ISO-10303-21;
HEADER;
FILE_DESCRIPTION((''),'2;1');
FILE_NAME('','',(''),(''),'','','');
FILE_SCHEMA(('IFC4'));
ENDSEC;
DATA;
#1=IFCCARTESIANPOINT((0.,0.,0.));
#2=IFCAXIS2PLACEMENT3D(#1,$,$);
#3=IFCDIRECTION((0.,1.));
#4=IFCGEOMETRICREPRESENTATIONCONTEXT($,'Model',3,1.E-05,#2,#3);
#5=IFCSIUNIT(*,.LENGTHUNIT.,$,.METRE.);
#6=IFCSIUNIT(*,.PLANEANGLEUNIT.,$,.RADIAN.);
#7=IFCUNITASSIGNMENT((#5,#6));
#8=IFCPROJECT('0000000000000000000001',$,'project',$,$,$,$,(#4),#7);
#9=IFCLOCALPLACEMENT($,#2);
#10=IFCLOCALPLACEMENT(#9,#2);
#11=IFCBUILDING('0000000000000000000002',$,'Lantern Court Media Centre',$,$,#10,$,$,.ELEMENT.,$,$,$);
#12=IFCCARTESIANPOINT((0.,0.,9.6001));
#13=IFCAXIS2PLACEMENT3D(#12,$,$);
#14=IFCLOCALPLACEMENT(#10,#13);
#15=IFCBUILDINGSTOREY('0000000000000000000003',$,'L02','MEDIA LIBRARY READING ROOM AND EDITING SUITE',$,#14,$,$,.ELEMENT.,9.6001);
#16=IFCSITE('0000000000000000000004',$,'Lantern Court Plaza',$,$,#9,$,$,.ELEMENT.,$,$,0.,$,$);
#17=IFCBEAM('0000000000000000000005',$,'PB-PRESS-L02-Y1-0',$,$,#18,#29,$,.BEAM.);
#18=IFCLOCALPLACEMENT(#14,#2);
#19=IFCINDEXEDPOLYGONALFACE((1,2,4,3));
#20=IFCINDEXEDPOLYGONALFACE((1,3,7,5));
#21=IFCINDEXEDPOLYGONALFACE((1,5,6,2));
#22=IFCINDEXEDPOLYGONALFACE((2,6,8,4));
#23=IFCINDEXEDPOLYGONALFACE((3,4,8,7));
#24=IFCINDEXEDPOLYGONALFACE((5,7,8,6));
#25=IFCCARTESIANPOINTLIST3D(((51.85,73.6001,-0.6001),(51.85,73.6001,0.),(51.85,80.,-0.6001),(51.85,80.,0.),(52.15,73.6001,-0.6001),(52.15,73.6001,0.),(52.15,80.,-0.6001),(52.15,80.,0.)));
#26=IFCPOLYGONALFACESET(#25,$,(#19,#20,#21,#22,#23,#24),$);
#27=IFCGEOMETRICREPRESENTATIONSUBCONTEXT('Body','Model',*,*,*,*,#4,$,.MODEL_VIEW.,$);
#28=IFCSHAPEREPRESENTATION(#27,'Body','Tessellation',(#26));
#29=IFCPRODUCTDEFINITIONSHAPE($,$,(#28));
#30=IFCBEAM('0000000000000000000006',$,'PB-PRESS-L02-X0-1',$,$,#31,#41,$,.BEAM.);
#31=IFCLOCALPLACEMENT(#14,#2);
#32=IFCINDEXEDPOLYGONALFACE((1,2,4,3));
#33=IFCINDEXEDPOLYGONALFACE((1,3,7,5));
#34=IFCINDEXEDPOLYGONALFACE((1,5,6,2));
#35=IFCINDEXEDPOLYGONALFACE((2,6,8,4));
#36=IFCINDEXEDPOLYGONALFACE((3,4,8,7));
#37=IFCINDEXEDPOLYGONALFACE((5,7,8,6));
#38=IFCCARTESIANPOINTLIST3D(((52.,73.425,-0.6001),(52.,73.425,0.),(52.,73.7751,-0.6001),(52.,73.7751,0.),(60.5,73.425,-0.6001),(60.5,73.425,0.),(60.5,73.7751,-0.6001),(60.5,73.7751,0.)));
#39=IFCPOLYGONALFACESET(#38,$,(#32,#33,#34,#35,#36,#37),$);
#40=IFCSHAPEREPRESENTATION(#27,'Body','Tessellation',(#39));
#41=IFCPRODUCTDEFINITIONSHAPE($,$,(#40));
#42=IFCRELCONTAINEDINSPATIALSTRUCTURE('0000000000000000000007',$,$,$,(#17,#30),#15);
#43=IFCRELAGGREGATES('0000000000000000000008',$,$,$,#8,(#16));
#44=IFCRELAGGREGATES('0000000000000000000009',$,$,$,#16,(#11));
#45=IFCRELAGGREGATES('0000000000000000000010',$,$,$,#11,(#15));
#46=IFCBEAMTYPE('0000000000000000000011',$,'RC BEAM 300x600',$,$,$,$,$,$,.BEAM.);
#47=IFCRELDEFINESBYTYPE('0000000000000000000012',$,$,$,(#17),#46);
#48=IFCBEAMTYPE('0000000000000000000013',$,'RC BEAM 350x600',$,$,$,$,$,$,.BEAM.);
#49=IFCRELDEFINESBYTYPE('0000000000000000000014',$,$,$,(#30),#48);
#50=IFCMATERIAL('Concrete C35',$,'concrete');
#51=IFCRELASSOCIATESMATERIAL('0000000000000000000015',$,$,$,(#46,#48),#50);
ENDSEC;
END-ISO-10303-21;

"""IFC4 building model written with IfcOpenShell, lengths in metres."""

from ifc_helpers import new_model, si_unit, direction, frame, origin, origin_2d, place, context, subcontext, project, spatial, rectangle, extrude, material, material_profile, profile_set, type_object, element, save


model = new_model("IFC4")

# Units and contexts
model_context = context("Model", 3, precision=1e-05, world=origin(), true_north=direction((0.0, 1.0)))
body_context = subcontext(model_context, "Body", "Model", "MODEL_VIEW")
ifc_project = project(units=[si_unit("LENGTHUNIT", "METRE"), si_unit("PLANEANGLEUNIT", "RADIAN")], contexts=[model_context])

# Site, building, storey
site_placement = place(None, origin())
site = spatial("IfcSite", under=ifc_project, at=site_placement, Name="Lantern Court Plaza", CompositionType="ELEMENT", RefElevation=0.0)
building_placement = place(site_placement, origin())
building = spatial("IfcBuilding", under=site, at=building_placement, Name="Lantern Court Media Centre", CompositionType="ELEMENT")
storey_placement = place(building_placement, frame((0.0, 0.0, 9.6001)))
storey = spatial("IfcBuildingStorey", under=building, at=storey_placement, Name="L02", Description="MEDIA LIBRARY READING ROOM AND EDITING SUITE", CompositionType="ELEMENT", Elevation=9.6001)

# Beams
ifc_material_1 = material(Name="Concrete C35", Category="concrete")
ifc_material_profile_1 = material_profile(ifc_material_1, rectangle(XDim=0.3, YDim=0.6001, at=origin_2d()), Name="RC 300x600")
ifc_profile_set_1 = profile_set([ifc_material_profile_1], Name="Concrete C35")
beam_type_1 = type_object("IfcBeamType", Name="RC BEAM 300x600", PredefinedType="BEAM", material=ifc_profile_set_1)
beam_1_placement = place(storey_placement, frame((52.0, 73.6001, -0.3), z_axis=(0.0, 1.0, 0.0), x_axis=(-1.0, 0.0, 0.0)))
element("IfcBeam", 1, at=beam_1_placement, inside=storey, type_object=beam_type_1, Name="PB-PRESS-L02-Y1-0", PredefinedType="BEAM", context=body_context, shape_type="SweptSolid", body=[
    extrude(rectangle(XDim=0.3, YDim=0.6001, at=origin_2d()), origin(), (0.0, 0.0, 1.0), 6.3999),
])
ifc_material_profile_2 = material_profile(ifc_material_1, rectangle(XDim=0.3501, YDim=0.6001, at=origin_2d()), Name="RC 350x600")
ifc_profile_set_2 = profile_set([ifc_material_profile_2], Name="Concrete C35")
beam_type_2 = type_object("IfcBeamType", Name="RC BEAM 350x600", PredefinedType="BEAM", material=ifc_profile_set_2)
beam_2_placement = place(storey_placement, frame((52.0, 73.6001, -0.3), z_axis=(1.0, 0.0, 0.0), x_axis=(0.0, 1.0, 0.0)))
element("IfcBeam", 2, at=beam_2_placement, inside=storey, type_object=beam_type_2, Name="PB-PRESS-L02-X0-1", PredefinedType="BEAM", context=body_context, shape_type="SweptSolid", body=[
    extrude(rectangle(XDim=0.3501, YDim=0.6001, at=origin_2d()), origin(), (0.0, 0.0, 1.0), 8.5),
])

save(model, "model.ifc")
